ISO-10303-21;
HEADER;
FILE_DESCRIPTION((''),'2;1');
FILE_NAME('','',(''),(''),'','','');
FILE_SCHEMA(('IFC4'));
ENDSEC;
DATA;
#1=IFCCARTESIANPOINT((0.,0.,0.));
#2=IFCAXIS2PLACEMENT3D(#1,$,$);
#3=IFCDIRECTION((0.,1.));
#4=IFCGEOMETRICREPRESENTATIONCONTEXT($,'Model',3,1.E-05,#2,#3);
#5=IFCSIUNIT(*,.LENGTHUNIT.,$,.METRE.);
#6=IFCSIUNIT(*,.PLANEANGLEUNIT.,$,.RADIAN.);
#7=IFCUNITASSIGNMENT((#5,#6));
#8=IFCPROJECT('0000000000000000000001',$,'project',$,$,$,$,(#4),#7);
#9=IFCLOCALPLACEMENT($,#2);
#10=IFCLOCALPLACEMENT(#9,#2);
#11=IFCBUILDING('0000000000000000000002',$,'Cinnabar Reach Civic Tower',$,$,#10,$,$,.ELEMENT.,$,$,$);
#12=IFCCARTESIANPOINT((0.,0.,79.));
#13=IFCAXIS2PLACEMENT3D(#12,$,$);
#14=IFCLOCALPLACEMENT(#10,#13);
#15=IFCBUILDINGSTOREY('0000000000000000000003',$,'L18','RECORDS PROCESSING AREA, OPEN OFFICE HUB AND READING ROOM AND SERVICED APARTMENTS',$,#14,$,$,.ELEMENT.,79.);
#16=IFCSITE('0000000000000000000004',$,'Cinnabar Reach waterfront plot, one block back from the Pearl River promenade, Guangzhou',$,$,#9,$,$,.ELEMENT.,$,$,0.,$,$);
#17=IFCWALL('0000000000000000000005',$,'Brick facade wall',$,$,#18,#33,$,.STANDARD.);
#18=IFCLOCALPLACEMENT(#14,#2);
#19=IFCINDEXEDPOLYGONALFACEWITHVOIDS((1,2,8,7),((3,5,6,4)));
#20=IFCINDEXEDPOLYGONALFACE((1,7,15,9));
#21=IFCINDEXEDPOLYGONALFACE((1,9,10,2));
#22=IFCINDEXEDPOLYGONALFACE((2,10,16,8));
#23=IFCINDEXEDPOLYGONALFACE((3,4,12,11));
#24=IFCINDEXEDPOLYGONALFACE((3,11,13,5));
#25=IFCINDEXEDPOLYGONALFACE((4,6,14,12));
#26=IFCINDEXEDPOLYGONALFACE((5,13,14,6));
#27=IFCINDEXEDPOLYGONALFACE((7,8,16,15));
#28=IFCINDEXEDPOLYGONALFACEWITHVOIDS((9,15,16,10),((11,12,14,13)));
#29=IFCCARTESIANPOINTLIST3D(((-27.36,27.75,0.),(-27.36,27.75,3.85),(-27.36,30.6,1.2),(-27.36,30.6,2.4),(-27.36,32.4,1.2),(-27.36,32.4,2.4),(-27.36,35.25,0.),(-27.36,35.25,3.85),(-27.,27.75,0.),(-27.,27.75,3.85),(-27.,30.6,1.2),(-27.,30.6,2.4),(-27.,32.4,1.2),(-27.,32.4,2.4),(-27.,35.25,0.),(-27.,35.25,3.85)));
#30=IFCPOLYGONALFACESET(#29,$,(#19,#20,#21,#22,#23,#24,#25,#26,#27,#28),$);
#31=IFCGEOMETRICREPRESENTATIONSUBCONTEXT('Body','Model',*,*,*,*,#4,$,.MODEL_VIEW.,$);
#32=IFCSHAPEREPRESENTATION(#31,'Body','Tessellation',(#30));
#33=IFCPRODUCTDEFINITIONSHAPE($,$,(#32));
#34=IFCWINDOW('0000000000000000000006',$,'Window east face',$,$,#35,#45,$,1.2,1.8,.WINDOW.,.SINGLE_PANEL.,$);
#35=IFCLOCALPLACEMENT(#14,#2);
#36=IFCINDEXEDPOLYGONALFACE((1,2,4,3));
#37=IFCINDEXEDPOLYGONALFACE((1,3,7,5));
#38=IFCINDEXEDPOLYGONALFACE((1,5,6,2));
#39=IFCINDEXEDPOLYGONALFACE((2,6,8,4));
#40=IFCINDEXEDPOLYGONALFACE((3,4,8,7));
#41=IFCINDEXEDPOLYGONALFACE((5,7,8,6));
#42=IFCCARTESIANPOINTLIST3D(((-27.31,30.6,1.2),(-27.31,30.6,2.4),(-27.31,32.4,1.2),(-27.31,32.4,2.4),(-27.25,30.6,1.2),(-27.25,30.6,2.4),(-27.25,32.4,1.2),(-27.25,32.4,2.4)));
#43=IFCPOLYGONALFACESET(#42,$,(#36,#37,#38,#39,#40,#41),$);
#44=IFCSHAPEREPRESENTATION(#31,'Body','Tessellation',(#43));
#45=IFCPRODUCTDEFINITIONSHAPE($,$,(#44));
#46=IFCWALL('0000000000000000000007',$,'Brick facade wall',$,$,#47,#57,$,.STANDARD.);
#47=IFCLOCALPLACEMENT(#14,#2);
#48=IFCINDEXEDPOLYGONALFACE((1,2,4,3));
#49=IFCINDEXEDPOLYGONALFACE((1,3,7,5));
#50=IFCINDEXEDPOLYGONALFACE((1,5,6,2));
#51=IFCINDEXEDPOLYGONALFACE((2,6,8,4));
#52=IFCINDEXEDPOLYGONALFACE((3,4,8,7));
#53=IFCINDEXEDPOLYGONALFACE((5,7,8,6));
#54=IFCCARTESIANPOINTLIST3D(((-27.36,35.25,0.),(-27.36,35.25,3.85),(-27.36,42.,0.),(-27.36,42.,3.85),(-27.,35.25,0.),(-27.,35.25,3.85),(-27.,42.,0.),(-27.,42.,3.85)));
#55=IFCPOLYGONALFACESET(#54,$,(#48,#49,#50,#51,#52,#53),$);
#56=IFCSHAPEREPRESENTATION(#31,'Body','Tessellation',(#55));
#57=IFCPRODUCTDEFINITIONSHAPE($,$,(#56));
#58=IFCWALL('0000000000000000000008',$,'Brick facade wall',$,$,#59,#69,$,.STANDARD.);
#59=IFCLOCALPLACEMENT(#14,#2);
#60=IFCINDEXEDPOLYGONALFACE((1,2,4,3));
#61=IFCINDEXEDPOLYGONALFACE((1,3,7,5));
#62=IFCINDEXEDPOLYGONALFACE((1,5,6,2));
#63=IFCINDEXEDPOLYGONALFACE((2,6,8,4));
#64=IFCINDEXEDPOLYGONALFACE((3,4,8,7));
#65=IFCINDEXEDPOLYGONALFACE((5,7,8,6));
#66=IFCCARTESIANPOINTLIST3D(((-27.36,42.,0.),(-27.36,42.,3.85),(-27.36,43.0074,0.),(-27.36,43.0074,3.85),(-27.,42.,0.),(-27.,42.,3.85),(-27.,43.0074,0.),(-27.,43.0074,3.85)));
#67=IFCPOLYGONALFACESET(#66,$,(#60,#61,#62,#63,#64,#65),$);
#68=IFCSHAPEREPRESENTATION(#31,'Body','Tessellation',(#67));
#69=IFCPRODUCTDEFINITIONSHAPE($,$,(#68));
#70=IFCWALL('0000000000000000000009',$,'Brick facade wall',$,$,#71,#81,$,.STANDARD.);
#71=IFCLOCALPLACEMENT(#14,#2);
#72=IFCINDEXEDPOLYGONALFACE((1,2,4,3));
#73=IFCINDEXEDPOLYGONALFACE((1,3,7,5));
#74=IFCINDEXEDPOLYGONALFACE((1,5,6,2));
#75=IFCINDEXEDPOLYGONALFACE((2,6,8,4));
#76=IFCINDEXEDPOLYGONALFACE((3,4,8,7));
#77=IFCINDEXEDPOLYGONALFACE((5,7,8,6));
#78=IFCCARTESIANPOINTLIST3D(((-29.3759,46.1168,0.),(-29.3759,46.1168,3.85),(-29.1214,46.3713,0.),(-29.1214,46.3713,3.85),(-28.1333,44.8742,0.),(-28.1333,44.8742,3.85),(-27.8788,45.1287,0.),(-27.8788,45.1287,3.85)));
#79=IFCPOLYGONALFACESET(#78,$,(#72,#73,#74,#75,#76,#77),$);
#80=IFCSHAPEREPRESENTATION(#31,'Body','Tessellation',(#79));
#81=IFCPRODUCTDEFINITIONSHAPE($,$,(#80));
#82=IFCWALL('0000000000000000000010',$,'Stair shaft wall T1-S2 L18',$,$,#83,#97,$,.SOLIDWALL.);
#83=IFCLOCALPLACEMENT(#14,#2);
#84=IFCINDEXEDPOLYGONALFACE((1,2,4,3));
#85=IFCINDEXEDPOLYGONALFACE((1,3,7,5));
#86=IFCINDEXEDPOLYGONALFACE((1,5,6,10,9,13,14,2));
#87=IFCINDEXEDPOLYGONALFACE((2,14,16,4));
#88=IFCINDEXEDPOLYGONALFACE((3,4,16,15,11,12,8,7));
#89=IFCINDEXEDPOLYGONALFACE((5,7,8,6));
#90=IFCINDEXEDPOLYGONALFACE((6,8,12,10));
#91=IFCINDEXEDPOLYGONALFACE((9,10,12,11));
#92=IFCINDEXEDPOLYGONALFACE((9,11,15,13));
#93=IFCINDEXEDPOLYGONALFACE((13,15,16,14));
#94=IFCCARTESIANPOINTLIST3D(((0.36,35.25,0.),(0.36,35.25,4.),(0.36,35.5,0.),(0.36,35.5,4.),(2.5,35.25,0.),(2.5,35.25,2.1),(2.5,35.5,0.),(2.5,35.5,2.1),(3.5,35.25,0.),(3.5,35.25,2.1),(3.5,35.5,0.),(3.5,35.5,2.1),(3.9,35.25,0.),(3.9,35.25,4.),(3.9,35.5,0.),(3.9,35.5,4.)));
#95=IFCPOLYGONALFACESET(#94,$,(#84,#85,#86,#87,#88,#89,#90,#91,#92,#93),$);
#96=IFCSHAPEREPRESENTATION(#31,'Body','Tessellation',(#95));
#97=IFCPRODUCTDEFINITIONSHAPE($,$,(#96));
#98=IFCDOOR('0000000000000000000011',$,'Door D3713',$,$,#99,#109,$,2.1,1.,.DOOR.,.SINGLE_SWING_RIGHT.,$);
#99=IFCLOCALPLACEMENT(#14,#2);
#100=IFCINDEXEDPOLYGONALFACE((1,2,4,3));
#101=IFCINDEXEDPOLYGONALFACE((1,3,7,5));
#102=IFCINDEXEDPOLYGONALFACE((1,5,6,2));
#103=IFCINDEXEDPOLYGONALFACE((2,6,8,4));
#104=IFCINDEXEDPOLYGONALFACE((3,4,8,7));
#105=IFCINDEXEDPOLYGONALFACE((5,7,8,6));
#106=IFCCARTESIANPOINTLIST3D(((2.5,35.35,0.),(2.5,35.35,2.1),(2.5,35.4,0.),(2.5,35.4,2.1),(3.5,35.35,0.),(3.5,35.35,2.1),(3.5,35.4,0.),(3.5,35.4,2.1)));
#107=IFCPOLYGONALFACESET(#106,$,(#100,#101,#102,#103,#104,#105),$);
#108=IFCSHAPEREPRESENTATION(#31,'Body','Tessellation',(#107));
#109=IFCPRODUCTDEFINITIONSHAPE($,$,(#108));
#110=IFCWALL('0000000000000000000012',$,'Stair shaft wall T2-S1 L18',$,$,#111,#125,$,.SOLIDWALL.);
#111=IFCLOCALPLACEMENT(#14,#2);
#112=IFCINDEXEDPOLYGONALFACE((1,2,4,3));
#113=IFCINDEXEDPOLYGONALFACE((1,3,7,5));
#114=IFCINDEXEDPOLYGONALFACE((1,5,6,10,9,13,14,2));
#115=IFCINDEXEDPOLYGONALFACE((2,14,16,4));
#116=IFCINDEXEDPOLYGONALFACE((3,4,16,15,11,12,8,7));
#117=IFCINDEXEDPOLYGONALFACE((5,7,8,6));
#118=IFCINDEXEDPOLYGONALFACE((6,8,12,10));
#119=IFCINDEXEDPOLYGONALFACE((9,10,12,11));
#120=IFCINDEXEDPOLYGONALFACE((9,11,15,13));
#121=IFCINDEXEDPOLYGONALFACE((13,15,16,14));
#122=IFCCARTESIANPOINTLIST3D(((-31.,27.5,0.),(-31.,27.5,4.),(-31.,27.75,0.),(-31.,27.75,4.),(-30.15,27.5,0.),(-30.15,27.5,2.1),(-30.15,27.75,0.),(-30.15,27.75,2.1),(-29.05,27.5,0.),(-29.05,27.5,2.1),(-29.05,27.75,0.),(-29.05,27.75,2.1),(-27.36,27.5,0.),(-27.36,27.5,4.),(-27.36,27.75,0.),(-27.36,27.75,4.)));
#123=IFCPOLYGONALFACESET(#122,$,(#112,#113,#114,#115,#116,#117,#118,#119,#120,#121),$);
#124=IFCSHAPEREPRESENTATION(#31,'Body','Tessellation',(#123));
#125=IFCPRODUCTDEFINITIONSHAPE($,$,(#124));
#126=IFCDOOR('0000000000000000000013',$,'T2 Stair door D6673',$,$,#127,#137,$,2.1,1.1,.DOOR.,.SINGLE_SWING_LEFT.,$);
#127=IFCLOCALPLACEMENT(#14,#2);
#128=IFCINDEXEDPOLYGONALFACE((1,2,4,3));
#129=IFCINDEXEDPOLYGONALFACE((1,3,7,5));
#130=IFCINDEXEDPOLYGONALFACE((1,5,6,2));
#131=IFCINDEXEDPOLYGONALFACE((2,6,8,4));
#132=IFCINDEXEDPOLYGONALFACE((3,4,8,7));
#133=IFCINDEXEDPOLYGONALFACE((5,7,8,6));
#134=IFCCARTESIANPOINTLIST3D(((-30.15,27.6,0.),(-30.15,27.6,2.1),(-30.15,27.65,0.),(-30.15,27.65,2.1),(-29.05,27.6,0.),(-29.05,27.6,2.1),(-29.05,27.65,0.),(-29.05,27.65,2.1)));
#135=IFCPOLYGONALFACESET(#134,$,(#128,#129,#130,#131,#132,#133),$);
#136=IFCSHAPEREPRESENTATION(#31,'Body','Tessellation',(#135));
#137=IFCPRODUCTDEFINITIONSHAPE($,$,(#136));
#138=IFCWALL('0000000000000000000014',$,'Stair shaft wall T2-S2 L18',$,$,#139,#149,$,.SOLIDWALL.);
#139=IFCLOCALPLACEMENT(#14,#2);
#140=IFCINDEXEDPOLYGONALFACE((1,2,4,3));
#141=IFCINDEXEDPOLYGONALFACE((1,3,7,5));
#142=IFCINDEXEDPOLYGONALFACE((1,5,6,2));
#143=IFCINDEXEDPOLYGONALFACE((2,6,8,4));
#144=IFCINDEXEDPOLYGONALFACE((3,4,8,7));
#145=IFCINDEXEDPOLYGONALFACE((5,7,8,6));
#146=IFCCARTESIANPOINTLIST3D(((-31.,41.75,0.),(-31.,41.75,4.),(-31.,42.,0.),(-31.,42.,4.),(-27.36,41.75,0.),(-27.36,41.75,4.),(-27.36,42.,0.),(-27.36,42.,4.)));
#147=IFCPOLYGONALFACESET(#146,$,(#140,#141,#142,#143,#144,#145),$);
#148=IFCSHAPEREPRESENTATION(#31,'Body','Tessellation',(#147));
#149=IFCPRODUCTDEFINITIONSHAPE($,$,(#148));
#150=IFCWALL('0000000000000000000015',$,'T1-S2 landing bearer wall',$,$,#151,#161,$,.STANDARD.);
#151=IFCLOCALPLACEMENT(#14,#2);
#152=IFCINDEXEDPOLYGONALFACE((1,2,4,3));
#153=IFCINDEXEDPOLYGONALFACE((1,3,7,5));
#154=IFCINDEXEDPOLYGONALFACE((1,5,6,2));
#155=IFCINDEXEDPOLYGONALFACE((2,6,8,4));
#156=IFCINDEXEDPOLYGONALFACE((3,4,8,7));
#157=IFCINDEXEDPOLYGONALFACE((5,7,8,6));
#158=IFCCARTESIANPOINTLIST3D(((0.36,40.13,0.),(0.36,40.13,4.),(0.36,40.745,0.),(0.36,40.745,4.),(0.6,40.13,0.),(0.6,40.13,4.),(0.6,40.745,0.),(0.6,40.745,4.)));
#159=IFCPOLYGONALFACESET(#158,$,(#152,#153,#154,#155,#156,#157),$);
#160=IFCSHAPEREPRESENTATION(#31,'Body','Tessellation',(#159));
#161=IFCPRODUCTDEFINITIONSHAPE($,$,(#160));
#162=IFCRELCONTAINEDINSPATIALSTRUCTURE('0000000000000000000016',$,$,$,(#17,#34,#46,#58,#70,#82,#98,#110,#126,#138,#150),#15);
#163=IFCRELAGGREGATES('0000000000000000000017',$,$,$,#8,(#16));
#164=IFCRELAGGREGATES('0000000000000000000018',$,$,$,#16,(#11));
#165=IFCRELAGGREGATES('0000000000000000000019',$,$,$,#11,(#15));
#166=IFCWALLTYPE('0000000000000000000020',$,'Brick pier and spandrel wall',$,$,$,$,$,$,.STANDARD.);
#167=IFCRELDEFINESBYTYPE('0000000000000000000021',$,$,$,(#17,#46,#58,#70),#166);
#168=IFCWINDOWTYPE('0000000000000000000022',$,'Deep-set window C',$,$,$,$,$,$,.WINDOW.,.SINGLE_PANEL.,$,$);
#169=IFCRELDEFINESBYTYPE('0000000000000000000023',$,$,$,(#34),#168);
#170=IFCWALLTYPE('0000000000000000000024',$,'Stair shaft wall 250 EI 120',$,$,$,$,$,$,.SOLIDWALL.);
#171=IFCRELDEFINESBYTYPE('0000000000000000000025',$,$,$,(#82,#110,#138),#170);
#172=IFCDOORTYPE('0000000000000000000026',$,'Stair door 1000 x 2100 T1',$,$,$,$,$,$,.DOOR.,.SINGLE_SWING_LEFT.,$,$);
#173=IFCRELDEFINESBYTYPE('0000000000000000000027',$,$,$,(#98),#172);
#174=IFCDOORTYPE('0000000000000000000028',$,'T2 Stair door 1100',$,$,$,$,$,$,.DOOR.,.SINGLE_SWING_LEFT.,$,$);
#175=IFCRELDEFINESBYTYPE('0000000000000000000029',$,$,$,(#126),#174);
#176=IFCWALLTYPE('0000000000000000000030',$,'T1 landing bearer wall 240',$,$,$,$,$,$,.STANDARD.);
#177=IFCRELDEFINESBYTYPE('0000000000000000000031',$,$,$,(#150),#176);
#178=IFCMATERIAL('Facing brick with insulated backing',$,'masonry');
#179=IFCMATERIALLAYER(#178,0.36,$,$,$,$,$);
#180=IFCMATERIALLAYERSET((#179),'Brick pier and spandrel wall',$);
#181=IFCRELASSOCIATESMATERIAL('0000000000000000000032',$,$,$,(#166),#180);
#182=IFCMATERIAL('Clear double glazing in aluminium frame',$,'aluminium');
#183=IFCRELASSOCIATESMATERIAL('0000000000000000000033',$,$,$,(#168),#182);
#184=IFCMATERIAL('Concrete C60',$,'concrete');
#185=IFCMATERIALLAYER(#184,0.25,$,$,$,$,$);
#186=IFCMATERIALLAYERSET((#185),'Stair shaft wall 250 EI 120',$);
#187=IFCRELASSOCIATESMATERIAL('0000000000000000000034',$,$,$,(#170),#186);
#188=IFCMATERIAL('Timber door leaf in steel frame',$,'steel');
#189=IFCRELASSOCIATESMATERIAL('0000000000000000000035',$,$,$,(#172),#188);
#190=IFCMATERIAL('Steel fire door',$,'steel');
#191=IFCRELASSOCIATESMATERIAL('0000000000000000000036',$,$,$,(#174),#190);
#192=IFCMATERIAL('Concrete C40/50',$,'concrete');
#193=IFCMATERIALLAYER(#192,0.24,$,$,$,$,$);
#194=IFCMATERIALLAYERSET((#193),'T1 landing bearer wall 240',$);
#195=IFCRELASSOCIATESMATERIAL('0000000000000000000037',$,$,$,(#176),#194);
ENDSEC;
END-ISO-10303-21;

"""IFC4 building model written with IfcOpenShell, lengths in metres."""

from ifc_helpers import new_model, si_unit, direction, frame, frame_2d, origin, place, context, subcontext, project, spatial, rectangle, extrude, material, layer, layer_set, type_object, element, fill, save


model = new_model("IFC4")

# Units and contexts
model_context = context("Model", 3, precision=1e-05, world=origin(), true_north=direction((0.0, 1.0)))
body_context = subcontext(model_context, "Body", "Model", "MODEL_VIEW")
ifc_project = project(units=[si_unit("LENGTHUNIT", "METRE"), si_unit("PLANEANGLEUNIT", "RADIAN")], contexts=[model_context])

# Site, building, storey
site_placement = place(None, origin())
site = spatial("IfcSite", under=ifc_project, at=site_placement, Name="Cinnabar Reach waterfront plot, one block back from the Pearl River promenade, Guangzhou", CompositionType="ELEMENT", RefElevation=0.0)
building_placement = place(site_placement, origin())
building = spatial("IfcBuilding", under=site, at=building_placement, Name="Cinnabar Reach Civic Tower", CompositionType="ELEMENT")
storey_placement = place(building_placement, frame((0.0, 0.0, 79.0)))
storey = spatial("IfcBuildingStorey", under=building, at=storey_placement, Name="L18", Description="RECORDS PROCESSING AREA, OPEN OFFICE HUB AND READING ROOM AND SERVICED APARTMENTS", CompositionType="ELEMENT", Elevation=79.0)

# Shared definitions
ifc_material_1 = material(Name="Concrete C60", Category="concrete")

# Shared definitions
ifc_material_2 = material(Name="Facing brick with insulated backing", Category="masonry")
ifc_layer_1 = layer(ifc_material_2, 0.36)
ifc_layer_set_1 = layer_set([ifc_layer_1], Name="Brick pier and spandrel wall")
wall_type_1 = type_object("IfcWallType", Name="Brick pier and spandrel wall", PredefinedType="STANDARD", material=ifc_layer_set_1)

# Wall, opening, window
wall_1_placement = place(storey_placement, frame((-27.18, 27.75, 0.0), z_axis=(0.0, 0.0, 1.0), x_axis=(0.0, 1.0, 0.0)))
wall_1 = element("IfcWall", 1, at=wall_1_placement, inside=storey, type_object=wall_type_1, Name="Brick facade wall", PredefinedType="STANDARD", context=body_context, shape_type="SweptSolid", body=[
    extrude(rectangle(XDim=7.5, YDim=0.36, at=frame_2d((3.75, 0.0))), origin(), (0.0, 0.0, 1.0), 3.85),
])
opening_1_placement = place(wall_1_placement, frame((2.85, 0.0, 1.2)))
opening_1 = element("IfcOpeningElement", 2, at=opening_1_placement, cuts=wall_1, PredefinedType="OPENING", context=body_context, shape_type="SweptSolid", body=[
    extrude(rectangle(XDim=1.8, YDim=1.2, at=frame_2d((0.9, 0.6))), frame((0.0, 0.19, 0.0), z_axis=(0.0, -1.0, 0.0), x_axis=(1.0, 0.0, 0.0)), (0.0, 0.0, 1.0), 0.38),
])
ifc_material_3 = material(Name="Clear double glazing in aluminium frame", Category="aluminium")
window_type = type_object("IfcWindowType", Name="Deep-set window C", PartitioningType="SINGLE_PANEL", PredefinedType="WINDOW", material=ifc_material_3)
window_placement = place(opening_1_placement, origin())
window = element("IfcWindow", 3, at=window_placement, inside=storey, type_object=window_type, Name="Window east face", OverallHeight=1.2, OverallWidth=1.8, PartitioningType="SINGLE_PANEL", PredefinedType="WINDOW", context=body_context, shape_type="SweptSolid", body=[
    extrude(rectangle(XDim=1.8, YDim=1.2, at=frame_2d((0.9, 0.6))), frame((0.0, 0.13, 0.0), z_axis=(0.0, -1.0, 0.0), x_axis=(1.0, 0.0, 0.0)), (0.0, 0.0, 1.0), 0.06),
])
fill(opening_1, window)

# Walls
wall_2_placement = place(storey_placement, frame((-27.18, 35.25, 0.0), z_axis=(0.0, 0.0, 1.0), x_axis=(0.0, 1.0, 0.0)))
element("IfcWall", 4, at=wall_2_placement, inside=storey, type_object=wall_type_1, Name="Brick facade wall", PredefinedType="STANDARD", context=body_context, shape_type="SweptSolid", body=[
    extrude(rectangle(XDim=6.75, YDim=0.36, at=frame_2d((3.375, 0.0))), origin(), (0.0, 0.0, 1.0), 3.85),
])
wall_3_placement = place(storey_placement, frame((-27.18, 42.0, 0.0), z_axis=(0.0, 0.0, 1.0), x_axis=(0.0, 1.0, 0.0)))
element("IfcWall", 5, at=wall_3_placement, inside=storey, type_object=wall_type_1, Name="Brick facade wall", PredefinedType="STANDARD", context=body_context, shape_type="SweptSolid", body=[
    extrude(rectangle(XDim=1.0074, YDim=0.36, at=frame_2d((0.5037, 0.0))), origin(), (0.0, 0.0, 1.0), 3.85),
])
wall_4_placement = place(storey_placement, frame((-28.006, 45.0014, 0.0), z_axis=(0.0, 0.0, 1.0), x_axis=(-0.707107, 0.707107, 0.0)))
element("IfcWall", 6, at=wall_4_placement, inside=storey, type_object=wall_type_1, Name="Brick facade wall", PredefinedType="STANDARD", context=body_context, shape_type="SweptSolid", body=[
    extrude(rectangle(XDim=1.7573, YDim=0.36, at=frame_2d((0.8787, 0.0))), origin(), (0.0, 0.0, 1.0), 3.85),
])

# Walls, openings, doors
ifc_layer_2 = layer(ifc_material_1, 0.25)
ifc_layer_set_2 = layer_set([ifc_layer_2], Name="Stair shaft wall 250 EI 120")
wall_type_2 = type_object("IfcWallType", Name="Stair shaft wall 250 EI 120", PredefinedType="SOLIDWALL", material=ifc_layer_set_2)
wall_5_placement = place(storey_placement, frame((0.36, 35.375, 0.0), z_axis=(0.0, 0.0, 1.0), x_axis=(1.0, 0.0, 0.0)))
wall_5 = element("IfcWall", 7, at=wall_5_placement, inside=storey, type_object=wall_type_2, Name="Stair shaft wall T1-S2 L18", PredefinedType="SOLIDWALL", context=body_context, shape_type="SweptSolid", body=[
    extrude(rectangle(XDim=3.54, YDim=0.25, at=frame_2d((1.77, 0.0))), origin(), (0.0, 0.0, 1.0), 4.0),
])
opening_2_placement = place(wall_5_placement, frame((2.14, 0.0, 0.0)))
opening_2 = element("IfcOpeningElement", 8, at=opening_2_placement, cuts=wall_5, PredefinedType="OPENING", context=body_context, shape_type="SweptSolid", body=[
    extrude(rectangle(XDim=1.0, YDim=2.1, at=frame_2d((0.5, 1.05))), frame((0.0, 0.135, 0.0), z_axis=(0.0, -1.0, 0.0), x_axis=(1.0, 0.0, 0.0)), (0.0, 0.0, 1.0), 0.27),
])
ifc_material_4 = material(Name="Timber door leaf in steel frame", Category="steel")
door_type_1 = type_object("IfcDoorType", Name="Stair door 1000 x 2100 T1", OperationType="SINGLE_SWING_LEFT", PredefinedType="DOOR", material=ifc_material_4)
door_1_placement = place(opening_2_placement, origin())
door_1 = element("IfcDoor", 9, at=door_1_placement, inside=storey, type_object=door_type_1, Name="Door D3713", OperationType="SINGLE_SWING_RIGHT", OverallHeight=2.1, OverallWidth=1.0, PredefinedType="DOOR", context=body_context, shape_type="SweptSolid", body=[
    extrude(rectangle(XDim=1.0, YDim=2.1, at=frame_2d((0.5, 1.05))), frame((0.0, 0.025, 0.0), z_axis=(0.0, -1.0, 0.0), x_axis=(1.0, 0.0, 0.0)), (0.0, 0.0, 1.0), 0.05),
])
fill(opening_2, door_1)
wall_6_placement = place(storey_placement, frame((-27.36, 27.625, 0.0), z_axis=(0.0, 0.0, 1.0), x_axis=(-1.0, 0.0, 0.0)))
wall_6 = element("IfcWall", 10, at=wall_6_placement, inside=storey, type_object=wall_type_2, Name="Stair shaft wall T2-S1 L18", PredefinedType="SOLIDWALL", context=body_context, shape_type="SweptSolid", body=[
    extrude(rectangle(XDim=3.64, YDim=0.25, at=frame_2d((1.82, 0.0))), origin(), (0.0, 0.0, 1.0), 4.0),
])
opening_3_placement = place(wall_6_placement, frame((1.69, 0.0, 0.0)))
opening_3 = element("IfcOpeningElement", 11, at=opening_3_placement, cuts=wall_6, PredefinedType="OPENING", context=body_context, shape_type="SweptSolid", body=[
    extrude(rectangle(XDim=1.1, YDim=2.1, at=frame_2d((0.55, 1.05))), frame((0.0, 0.135, 0.0), z_axis=(0.0, -1.0, 0.0), x_axis=(1.0, 0.0, 0.0)), (0.0, 0.0, 1.0), 0.27),
])
ifc_material_5 = material(Name="Steel fire door", Category="steel")
door_type_2 = type_object("IfcDoorType", Name="T2 Stair door 1100", OperationType="SINGLE_SWING_LEFT", PredefinedType="DOOR", material=ifc_material_5)
door_2_placement = place(opening_3_placement, origin())
door_2 = element("IfcDoor", 12, at=door_2_placement, inside=storey, type_object=door_type_2, Name="T2 Stair door D6673", OperationType="SINGLE_SWING_LEFT", OverallHeight=2.1, OverallWidth=1.1, PredefinedType="DOOR", context=body_context, shape_type="SweptSolid", body=[
    extrude(rectangle(XDim=1.1, YDim=2.1, at=frame_2d((0.55, 1.05))), frame((0.0, 0.025, 0.0), z_axis=(0.0, -1.0, 0.0), x_axis=(1.0, 0.0, 0.0)), (0.0, 0.0, 1.0), 0.05),
])
fill(opening_3, door_2)

# Walls
wall_7_placement = place(storey_placement, frame((-27.36, 41.875, 0.0), z_axis=(0.0, 0.0, 1.0), x_axis=(-1.0, 0.0, 0.0)))
element("IfcWall", 13, at=wall_7_placement, inside=storey, type_object=wall_type_2, Name="Stair shaft wall T2-S2 L18", PredefinedType="SOLIDWALL", context=body_context, shape_type="SweptSolid", body=[
    extrude(rectangle(XDim=3.64, YDim=0.25, at=frame_2d((1.82, 0.0))), origin(), (0.0, 0.0, 1.0), 4.0),
])
ifc_material_6 = material(Name="Concrete C40/50", Category="concrete")
ifc_layer_3 = layer(ifc_material_6, 0.24)
ifc_layer_set_3 = layer_set([ifc_layer_3], Name="T1 landing bearer wall 240")
wall_type_3 = type_object("IfcWallType", Name="T1 landing bearer wall 240", PredefinedType="STANDARD", material=ifc_layer_set_3)
wall_8_placement = place(storey_placement, frame((0.48, 40.13, 0.0), z_axis=(0.0, 0.0, 1.0), x_axis=(0.0, 1.0, 0.0)))
element("IfcWall", 14, at=wall_8_placement, inside=storey, type_object=wall_type_3, Name="T1-S2 landing bearer wall", PredefinedType="STANDARD", context=body_context, shape_type="SweptSolid", body=[
    extrude(rectangle(XDim=0.6151, YDim=0.24, at=frame_2d((0.3075, 0.0))), origin(), (0.0, 0.0, 1.0), 4.0),
])

save(model, "model.ifc")
